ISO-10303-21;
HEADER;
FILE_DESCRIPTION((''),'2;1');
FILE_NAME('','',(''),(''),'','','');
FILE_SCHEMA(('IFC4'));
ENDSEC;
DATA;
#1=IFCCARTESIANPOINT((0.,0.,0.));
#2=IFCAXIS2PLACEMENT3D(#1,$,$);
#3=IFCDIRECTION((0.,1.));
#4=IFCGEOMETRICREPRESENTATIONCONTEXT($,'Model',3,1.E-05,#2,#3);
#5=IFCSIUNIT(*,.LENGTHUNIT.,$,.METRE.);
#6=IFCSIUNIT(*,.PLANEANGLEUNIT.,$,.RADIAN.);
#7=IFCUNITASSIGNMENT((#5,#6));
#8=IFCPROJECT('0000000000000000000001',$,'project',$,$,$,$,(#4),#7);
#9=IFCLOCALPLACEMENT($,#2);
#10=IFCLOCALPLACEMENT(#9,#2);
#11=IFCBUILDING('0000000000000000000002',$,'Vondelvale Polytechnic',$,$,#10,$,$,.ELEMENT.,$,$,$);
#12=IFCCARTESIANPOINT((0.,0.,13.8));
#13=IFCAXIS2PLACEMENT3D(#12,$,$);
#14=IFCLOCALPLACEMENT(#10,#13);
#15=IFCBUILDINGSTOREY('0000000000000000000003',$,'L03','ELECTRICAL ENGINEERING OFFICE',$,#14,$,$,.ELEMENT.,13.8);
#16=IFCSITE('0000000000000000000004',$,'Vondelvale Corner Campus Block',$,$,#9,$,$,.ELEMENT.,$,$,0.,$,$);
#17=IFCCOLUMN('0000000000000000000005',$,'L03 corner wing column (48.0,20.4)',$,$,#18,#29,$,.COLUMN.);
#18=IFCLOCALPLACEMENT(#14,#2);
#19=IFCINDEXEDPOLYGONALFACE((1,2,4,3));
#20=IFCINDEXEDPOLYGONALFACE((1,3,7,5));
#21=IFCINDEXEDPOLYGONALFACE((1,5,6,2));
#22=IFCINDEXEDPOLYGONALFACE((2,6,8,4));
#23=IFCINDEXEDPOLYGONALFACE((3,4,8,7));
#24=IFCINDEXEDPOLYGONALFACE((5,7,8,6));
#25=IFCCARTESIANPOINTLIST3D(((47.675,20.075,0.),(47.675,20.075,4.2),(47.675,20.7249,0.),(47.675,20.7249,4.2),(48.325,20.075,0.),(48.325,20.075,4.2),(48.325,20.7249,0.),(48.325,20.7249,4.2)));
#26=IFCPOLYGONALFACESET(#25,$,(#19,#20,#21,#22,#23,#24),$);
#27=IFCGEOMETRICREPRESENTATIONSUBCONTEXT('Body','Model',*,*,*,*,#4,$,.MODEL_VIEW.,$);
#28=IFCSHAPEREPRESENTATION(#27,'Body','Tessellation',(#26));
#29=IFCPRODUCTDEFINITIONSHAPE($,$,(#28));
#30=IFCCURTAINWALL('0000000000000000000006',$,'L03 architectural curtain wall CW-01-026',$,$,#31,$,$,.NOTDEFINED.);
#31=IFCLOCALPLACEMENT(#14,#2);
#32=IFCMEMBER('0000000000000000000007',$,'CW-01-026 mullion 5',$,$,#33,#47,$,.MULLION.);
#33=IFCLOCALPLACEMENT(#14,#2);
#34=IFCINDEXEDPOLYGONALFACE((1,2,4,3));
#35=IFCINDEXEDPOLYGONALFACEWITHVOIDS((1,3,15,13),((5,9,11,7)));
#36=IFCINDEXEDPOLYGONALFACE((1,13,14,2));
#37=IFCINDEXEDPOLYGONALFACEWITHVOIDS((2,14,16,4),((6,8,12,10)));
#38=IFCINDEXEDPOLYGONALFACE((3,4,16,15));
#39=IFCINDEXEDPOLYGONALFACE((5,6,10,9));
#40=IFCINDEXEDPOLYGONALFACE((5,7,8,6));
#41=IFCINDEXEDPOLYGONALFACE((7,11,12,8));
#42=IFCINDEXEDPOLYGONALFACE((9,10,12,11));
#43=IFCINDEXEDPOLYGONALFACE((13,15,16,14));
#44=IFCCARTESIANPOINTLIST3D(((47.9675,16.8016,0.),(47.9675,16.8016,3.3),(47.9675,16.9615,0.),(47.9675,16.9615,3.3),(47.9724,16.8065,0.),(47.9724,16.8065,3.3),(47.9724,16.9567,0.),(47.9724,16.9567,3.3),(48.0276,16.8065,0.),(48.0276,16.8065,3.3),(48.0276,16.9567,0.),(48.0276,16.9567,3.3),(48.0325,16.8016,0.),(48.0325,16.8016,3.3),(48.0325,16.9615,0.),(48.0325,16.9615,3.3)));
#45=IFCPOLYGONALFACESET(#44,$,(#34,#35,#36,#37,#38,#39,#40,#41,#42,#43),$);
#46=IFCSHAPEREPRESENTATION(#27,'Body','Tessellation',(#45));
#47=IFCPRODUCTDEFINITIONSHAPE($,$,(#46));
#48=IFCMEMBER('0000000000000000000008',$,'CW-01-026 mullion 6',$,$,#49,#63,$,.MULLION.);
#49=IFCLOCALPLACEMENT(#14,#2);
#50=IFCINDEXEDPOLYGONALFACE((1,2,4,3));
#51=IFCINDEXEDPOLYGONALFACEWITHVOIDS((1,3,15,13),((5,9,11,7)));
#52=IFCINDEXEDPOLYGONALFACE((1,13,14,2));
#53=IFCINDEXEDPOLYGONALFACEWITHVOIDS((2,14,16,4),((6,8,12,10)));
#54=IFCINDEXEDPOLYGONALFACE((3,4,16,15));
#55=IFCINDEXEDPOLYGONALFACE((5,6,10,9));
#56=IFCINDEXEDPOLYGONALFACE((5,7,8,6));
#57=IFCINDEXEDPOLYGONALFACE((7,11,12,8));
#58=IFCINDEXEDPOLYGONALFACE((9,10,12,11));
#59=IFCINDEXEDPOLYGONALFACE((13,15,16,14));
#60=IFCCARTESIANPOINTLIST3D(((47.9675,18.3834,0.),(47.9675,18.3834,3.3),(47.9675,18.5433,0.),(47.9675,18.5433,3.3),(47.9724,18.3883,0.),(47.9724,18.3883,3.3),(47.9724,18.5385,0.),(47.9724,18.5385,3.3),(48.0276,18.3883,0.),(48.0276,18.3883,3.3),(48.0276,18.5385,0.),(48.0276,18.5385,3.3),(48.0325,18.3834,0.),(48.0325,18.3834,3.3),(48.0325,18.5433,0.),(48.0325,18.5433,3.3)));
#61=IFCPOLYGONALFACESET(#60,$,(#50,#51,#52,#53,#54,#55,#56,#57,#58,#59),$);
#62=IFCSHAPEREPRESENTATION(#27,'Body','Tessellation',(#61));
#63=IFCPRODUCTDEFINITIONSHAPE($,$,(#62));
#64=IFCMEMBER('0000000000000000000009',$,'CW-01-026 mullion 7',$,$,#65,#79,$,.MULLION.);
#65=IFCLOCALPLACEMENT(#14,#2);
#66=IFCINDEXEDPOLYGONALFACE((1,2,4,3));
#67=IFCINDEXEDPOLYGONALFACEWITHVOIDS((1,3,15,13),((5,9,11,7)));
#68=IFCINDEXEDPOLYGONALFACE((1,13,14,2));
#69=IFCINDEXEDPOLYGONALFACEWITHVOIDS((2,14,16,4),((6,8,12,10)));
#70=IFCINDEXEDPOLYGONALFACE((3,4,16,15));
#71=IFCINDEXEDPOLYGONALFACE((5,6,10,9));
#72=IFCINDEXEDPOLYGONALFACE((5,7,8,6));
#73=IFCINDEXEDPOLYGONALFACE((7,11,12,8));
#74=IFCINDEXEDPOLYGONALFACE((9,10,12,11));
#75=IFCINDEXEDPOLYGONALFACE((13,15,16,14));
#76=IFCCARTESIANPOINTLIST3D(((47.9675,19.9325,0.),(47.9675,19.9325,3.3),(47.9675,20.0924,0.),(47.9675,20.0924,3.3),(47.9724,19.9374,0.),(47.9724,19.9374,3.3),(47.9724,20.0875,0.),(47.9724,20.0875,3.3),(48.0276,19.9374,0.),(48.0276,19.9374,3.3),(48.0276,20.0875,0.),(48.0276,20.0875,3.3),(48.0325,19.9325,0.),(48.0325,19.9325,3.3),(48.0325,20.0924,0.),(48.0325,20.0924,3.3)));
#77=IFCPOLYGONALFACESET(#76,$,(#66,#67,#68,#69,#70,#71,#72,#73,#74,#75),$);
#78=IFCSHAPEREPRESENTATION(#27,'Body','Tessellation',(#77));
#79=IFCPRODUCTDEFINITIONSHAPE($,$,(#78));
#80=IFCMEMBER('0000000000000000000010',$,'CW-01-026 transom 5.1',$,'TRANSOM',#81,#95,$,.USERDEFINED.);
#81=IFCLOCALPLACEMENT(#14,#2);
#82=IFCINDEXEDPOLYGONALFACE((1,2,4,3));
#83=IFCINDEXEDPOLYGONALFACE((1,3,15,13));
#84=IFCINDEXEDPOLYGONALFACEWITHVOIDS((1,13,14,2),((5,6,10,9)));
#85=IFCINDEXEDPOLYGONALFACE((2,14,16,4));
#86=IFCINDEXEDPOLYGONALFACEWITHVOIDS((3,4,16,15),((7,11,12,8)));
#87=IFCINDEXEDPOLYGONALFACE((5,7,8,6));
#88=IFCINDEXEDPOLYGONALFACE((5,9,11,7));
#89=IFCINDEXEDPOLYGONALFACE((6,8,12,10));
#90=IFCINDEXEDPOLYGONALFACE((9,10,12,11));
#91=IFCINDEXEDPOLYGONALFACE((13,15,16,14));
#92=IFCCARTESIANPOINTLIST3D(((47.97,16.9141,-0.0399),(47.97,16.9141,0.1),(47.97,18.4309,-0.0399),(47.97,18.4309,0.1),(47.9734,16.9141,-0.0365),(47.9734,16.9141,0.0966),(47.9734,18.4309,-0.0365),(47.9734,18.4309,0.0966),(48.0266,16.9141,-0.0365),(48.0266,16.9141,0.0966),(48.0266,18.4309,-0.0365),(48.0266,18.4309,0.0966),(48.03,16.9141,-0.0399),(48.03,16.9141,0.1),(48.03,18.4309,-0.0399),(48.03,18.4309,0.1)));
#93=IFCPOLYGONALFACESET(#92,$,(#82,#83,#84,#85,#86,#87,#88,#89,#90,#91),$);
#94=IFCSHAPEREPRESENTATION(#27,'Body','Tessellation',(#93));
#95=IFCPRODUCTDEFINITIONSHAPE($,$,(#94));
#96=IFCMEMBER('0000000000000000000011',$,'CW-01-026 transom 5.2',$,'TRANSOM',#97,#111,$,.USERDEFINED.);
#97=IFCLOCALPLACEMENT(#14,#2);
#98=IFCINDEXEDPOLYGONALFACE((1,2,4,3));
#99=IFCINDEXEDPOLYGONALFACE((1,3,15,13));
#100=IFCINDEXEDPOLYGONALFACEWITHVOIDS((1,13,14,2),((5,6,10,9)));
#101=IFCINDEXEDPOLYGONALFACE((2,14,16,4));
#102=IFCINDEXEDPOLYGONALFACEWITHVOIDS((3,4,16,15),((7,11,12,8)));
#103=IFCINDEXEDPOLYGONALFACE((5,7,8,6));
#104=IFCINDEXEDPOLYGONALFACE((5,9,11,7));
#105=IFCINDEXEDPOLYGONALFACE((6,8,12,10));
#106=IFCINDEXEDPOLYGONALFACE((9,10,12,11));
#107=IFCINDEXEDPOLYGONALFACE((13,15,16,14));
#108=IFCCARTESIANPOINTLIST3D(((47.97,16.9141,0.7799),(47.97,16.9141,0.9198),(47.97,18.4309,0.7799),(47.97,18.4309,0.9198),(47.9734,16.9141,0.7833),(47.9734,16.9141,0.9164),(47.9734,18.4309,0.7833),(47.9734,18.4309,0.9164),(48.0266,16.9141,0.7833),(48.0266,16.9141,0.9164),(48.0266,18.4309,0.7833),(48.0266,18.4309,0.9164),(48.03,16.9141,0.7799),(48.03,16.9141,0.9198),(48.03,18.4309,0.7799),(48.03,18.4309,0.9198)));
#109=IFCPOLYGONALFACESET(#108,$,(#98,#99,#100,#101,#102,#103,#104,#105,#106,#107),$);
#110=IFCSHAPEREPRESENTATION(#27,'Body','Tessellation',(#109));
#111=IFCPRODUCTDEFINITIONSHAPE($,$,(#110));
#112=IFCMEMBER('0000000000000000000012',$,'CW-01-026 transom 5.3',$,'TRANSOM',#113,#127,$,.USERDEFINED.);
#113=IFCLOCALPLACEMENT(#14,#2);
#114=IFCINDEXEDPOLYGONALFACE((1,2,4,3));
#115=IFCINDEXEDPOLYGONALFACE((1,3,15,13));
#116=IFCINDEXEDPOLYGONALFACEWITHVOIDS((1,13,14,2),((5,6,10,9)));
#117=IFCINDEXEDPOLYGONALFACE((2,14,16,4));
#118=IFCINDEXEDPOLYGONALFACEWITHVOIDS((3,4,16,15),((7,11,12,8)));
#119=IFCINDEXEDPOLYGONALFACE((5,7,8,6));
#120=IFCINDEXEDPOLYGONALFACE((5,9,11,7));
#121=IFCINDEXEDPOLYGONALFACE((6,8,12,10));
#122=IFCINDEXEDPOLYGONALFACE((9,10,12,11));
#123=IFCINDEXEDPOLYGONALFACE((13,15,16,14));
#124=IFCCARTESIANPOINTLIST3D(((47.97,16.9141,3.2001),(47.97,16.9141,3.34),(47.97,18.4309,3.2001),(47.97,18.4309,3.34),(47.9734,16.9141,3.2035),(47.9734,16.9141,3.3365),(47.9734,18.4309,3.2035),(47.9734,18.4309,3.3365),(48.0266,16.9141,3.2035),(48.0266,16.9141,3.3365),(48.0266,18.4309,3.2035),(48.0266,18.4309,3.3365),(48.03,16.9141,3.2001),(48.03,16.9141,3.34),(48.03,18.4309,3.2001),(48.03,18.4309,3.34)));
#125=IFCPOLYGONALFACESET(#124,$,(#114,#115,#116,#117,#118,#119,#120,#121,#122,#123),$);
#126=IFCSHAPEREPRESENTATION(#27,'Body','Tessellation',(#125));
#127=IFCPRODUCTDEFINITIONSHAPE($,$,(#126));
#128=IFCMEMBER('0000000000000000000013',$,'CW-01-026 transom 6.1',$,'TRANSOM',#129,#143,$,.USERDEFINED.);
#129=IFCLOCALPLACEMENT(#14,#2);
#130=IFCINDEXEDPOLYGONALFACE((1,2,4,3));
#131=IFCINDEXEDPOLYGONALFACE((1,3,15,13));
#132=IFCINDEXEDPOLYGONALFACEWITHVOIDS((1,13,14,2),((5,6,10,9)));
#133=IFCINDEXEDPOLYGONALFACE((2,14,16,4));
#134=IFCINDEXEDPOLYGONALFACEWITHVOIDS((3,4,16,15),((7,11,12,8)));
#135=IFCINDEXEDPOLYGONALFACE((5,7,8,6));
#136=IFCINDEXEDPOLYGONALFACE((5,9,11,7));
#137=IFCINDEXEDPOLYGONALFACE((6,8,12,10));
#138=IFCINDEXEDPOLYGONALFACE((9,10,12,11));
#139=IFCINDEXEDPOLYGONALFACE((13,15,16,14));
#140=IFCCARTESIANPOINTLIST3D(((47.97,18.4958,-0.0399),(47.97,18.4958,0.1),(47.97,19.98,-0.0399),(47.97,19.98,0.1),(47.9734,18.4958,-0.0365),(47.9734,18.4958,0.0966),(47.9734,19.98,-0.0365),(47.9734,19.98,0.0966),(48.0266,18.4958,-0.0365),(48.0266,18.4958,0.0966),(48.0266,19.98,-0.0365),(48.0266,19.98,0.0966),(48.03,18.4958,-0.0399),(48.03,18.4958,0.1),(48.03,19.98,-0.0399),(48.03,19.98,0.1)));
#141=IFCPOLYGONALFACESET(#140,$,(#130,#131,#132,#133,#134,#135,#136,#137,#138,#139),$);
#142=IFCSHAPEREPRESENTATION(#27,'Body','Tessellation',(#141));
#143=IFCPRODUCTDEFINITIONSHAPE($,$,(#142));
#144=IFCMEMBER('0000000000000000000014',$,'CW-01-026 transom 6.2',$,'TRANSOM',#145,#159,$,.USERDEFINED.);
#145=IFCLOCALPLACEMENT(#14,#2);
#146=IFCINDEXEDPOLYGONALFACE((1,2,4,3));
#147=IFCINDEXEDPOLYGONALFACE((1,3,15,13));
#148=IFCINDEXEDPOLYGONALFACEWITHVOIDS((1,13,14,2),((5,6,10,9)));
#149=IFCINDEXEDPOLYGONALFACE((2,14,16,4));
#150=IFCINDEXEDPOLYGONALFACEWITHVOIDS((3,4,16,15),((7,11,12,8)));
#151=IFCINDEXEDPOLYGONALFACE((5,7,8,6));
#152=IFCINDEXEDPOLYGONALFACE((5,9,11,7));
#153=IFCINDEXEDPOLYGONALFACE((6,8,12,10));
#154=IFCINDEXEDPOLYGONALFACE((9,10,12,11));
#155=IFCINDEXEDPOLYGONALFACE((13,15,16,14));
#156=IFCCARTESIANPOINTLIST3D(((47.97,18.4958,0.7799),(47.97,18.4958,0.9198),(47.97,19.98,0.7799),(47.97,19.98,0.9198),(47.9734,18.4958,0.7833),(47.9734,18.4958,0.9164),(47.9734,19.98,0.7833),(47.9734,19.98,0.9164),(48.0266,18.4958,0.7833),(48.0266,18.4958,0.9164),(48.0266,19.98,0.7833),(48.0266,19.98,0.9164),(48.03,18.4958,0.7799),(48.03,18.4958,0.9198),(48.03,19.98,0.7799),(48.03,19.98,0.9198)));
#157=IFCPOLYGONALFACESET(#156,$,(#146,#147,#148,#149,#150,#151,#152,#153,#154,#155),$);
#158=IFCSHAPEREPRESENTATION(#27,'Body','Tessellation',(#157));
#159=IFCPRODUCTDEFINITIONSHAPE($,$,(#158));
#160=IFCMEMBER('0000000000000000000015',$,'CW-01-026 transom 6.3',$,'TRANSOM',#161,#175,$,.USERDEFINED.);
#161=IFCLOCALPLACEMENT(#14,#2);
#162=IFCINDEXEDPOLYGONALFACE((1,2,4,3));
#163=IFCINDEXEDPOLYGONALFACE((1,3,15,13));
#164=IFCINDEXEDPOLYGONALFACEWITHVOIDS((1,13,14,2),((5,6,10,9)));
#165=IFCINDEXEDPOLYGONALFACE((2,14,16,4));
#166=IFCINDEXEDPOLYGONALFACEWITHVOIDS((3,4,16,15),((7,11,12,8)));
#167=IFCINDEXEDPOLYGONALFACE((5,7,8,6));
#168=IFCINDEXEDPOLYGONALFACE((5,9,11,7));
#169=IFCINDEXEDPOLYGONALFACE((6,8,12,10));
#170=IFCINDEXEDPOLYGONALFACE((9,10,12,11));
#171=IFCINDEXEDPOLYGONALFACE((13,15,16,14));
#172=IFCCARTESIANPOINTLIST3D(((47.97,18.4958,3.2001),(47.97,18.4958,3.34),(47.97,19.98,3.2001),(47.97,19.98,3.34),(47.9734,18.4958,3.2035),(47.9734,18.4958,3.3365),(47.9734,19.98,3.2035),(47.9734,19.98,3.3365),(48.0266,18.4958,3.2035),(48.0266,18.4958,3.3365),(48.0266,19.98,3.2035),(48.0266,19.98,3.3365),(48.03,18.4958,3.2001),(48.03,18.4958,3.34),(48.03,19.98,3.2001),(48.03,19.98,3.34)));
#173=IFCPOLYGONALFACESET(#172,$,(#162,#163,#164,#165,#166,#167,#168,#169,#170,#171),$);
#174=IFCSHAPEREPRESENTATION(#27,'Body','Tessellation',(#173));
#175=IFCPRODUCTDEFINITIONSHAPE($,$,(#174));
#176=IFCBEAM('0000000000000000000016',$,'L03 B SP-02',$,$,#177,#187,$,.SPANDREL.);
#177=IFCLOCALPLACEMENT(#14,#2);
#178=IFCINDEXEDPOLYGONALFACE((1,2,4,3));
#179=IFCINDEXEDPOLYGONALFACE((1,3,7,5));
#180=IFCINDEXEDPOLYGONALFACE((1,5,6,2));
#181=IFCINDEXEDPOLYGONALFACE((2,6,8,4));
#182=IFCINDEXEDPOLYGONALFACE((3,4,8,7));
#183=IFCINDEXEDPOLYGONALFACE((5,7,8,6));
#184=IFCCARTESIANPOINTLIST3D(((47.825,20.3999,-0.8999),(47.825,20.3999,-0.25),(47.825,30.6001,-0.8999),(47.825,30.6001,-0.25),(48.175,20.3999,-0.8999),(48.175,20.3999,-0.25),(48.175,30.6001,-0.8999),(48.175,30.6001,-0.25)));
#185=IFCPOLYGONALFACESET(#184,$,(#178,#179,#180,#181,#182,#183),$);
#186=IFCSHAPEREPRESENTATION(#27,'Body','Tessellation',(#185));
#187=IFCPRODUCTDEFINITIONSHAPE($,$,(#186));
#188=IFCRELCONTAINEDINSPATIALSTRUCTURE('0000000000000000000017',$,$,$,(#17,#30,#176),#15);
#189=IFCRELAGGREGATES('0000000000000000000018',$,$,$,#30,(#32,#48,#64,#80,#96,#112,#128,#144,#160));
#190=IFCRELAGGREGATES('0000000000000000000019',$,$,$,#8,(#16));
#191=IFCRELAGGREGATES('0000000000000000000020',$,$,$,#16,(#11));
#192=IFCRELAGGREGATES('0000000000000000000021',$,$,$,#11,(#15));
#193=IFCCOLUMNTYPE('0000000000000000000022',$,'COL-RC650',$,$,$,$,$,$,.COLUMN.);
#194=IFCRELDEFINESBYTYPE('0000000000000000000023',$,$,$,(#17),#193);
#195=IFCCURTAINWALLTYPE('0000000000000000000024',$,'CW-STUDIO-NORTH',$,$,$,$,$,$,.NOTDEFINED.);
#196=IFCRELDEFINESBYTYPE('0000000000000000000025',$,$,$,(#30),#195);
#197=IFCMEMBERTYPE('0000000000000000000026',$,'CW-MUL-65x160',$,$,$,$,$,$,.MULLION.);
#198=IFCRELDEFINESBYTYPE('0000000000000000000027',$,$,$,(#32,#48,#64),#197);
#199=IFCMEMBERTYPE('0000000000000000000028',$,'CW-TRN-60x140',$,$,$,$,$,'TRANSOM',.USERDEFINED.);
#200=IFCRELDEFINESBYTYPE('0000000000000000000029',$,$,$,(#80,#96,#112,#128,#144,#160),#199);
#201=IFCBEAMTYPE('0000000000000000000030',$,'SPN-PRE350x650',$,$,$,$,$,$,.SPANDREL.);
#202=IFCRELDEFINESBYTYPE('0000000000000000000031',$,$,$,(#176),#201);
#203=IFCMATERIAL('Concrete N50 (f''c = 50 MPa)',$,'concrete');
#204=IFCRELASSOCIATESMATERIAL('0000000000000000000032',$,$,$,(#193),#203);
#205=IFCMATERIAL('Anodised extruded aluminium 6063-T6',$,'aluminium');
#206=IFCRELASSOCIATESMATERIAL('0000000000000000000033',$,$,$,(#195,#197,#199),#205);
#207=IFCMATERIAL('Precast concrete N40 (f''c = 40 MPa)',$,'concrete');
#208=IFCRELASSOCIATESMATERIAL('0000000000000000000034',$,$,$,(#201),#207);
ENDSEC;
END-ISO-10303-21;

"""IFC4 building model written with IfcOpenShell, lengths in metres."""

from ifc_helpers import new_model, si_unit, direction, frame, origin, origin_2d, place, context, subcontext, project, spatial, rectangle, hollow_rectangle, extrude, material, material_profile, profile_set, type_object, element, aggregate, save


model = new_model("IFC4")

# Units and contexts
model_context = context("Model", 3, precision=1e-05, world=origin(), true_north=direction((0.0, 1.0)))
body_context = subcontext(model_context, "Body", "Model", "MODEL_VIEW")
ifc_project = project(units=[si_unit("LENGTHUNIT", "METRE"), si_unit("PLANEANGLEUNIT", "RADIAN")], contexts=[model_context])

# Site, building, storey
site_placement = place(None, origin())
site = spatial("IfcSite", under=ifc_project, at=site_placement, Name="Vondelvale Corner Campus Block", CompositionType="ELEMENT", RefElevation=0.0)
building_placement = place(site_placement, origin())
building = spatial("IfcBuilding", under=site, at=building_placement, Name="Vondelvale Polytechnic", CompositionType="ELEMENT")
storey_placement = place(building_placement, frame((0.0, 0.0, 13.8)))
storey = spatial("IfcBuildingStorey", under=building, at=storey_placement, Name="L03", Description="ELECTRICAL ENGINEERING OFFICE", CompositionType="ELEMENT", Elevation=13.8)

# Column
ifc_material_1 = material(Name="Concrete N50 (f'c = 50 MPa)", Category="concrete")
ifc_material_profile_1 = material_profile(ifc_material_1, rectangle(XDim=0.6499, YDim=0.6499, at=origin_2d()), Name="RC-COL-650x650")
ifc_profile_set_1 = profile_set([ifc_material_profile_1], Name="Concrete N50 (f'c = 50 MPa)")
column_type = type_object("IfcColumnType", Name="COL-RC650", PredefinedType="COLUMN", material=ifc_profile_set_1)
column_placement = place(storey_placement, frame((48.0, 20.3999, 0.0), z_axis=(0.0, 0.0, 1.0), x_axis=(1.0, 0.0, 0.0)))
element("IfcColumn", 1, at=column_placement, inside=storey, type_object=column_type, Name="L03 corner wing column (48.0,20.4)", PredefinedType="COLUMN", context=body_context, shape_type="SweptSolid", body=[
    extrude(rectangle(XDim=0.6499, YDim=0.6499, at=origin_2d()), origin(), (0.0, 0.0, 1.0), 4.2),
])

# Curtain wall, members
ifc_material_2 = material(Name="Anodised extruded aluminium 6063-T6", Category="aluminium")
curtain_wall_type = type_object("IfcCurtainWallType", Name="CW-STUDIO-NORTH", PredefinedType="NOTDEFINED", material=ifc_material_2)
curtain_wall_placement = place(storey_placement, origin())
curtain_wall = element("IfcCurtainWall", 2, at=curtain_wall_placement, inside=storey, type_object=curtain_wall_type, Name="L03 architectural curtain wall CW-01-026", PredefinedType="NOTDEFINED")
ifc_material_profile_2 = material_profile(ifc_material_2, hollow_rectangle(XDim=0.0649, YDim=0.1599, WallThickness=0.0049, at=origin_2d()), Name="CW-MUL-160x65")
ifc_profile_set_2 = profile_set([ifc_material_profile_2], Name="Anodised extruded aluminium 6063-T6")
member_type_1 = type_object("IfcMemberType", Name="CW-MUL-65x160", PredefinedType="MULLION", material=ifc_profile_set_2)
member_1_placement = place(storey_placement, frame((48.0, 16.8816, 0.0), z_axis=(0.0, 0.0, 1.0), x_axis=(-1.0, 0.0, 0.0)))
member_1 = element("IfcMember", 3, at=member_1_placement, type_object=member_type_1, Name="CW-01-026 mullion 5", PredefinedType="MULLION", context=body_context, shape_type="SweptSolid", body=[
    extrude(hollow_rectangle(XDim=0.0649, YDim=0.1599, WallThickness=0.0049, at=origin_2d()), origin(), (0.0, 0.0, 1.0), 3.3),
])
member_2_placement = place(storey_placement, frame((48.0, 18.4634, 0.0), z_axis=(0.0, 0.0, 1.0), x_axis=(-1.0, 0.0, 0.0)))
member_2 = element("IfcMember", 4, at=member_2_placement, type_object=member_type_1, Name="CW-01-026 mullion 6", PredefinedType="MULLION", context=body_context, shape_type="SweptSolid", body=[
    extrude(hollow_rectangle(XDim=0.0649, YDim=0.1599, WallThickness=0.0049, at=origin_2d()), origin(), (0.0, 0.0, 1.0), 3.3),
])
member_3_placement = place(storey_placement, frame((48.0, 20.0125, 0.0), z_axis=(0.0, 0.0, 1.0), x_axis=(-1.0, 0.0, 0.0)))
member_3 = element("IfcMember", 5, at=member_3_placement, type_object=member_type_1, Name="CW-01-026 mullion 7", PredefinedType="MULLION", context=body_context, shape_type="SweptSolid", body=[
    extrude(hollow_rectangle(XDim=0.0649, YDim=0.1599, WallThickness=0.0049, at=origin_2d()), origin(), (0.0, 0.0, 1.0), 3.3),
])
ifc_material_profile_3 = material_profile(ifc_material_2, hollow_rectangle(XDim=0.0601, YDim=0.1399, WallThickness=0.0034, at=origin_2d()), Name="CW-TRN-140x60")
ifc_profile_set_3 = profile_set([ifc_material_profile_3], Name="Anodised extruded aluminium 6063-T6")
member_type_2 = type_object("IfcMemberType", Name="CW-TRN-60x140", ElementType="TRANSOM", PredefinedType="USERDEFINED", material=ifc_profile_set_3)
member_4_placement = place(storey_placement, frame((48.0, 16.9141, 0.03), z_axis=(0.0, 1.0, 0.0), x_axis=(-1.0, 0.0, 0.0)))
member_4 = element("IfcMember", 6, at=member_4_placement, type_object=member_type_2, Name="CW-01-026 transom 5.1", ObjectType="TRANSOM", PredefinedType="USERDEFINED", context=body_context, shape_type="SweptSolid", body=[
    extrude(hollow_rectangle(XDim=0.0601, YDim=0.1399, WallThickness=0.0034, at=origin_2d()), origin(), (0.0, 0.0, 1.0), 1.5168),
])
member_5_placement = place(storey_placement, frame((48.0, 16.9141, 0.8499), z_axis=(0.0, 1.0, 0.0), x_axis=(-1.0, 0.0, 0.0)))
member_5 = element("IfcMember", 7, at=member_5_placement, type_object=member_type_2, Name="CW-01-026 transom 5.2", ObjectType="TRANSOM", PredefinedType="USERDEFINED", context=body_context, shape_type="SweptSolid", body=[
    extrude(hollow_rectangle(XDim=0.0601, YDim=0.1399, WallThickness=0.0034, at=origin_2d()), origin(), (0.0, 0.0, 1.0), 1.5168),
])
member_6_placement = place(storey_placement, frame((48.0, 16.9141, 3.27), z_axis=(0.0, 1.0, 0.0), x_axis=(-1.0, 0.0, 0.0)))
member_6 = element("IfcMember", 8, at=member_6_placement, type_object=member_type_2, Name="CW-01-026 transom 5.3", ObjectType="TRANSOM", PredefinedType="USERDEFINED", context=body_context, shape_type="SweptSolid", body=[
    extrude(hollow_rectangle(XDim=0.0601, YDim=0.1399, WallThickness=0.0034, at=origin_2d()), origin(), (0.0, 0.0, 1.0), 1.5168),
])
member_7_placement = place(storey_placement, frame((48.0, 18.4958, 0.03), z_axis=(0.0, 1.0, 0.0), x_axis=(-1.0, 0.0, 0.0)))
member_7 = element("IfcMember", 9, at=member_7_placement, type_object=member_type_2, Name="CW-01-026 transom 6.1", ObjectType="TRANSOM", PredefinedType="USERDEFINED", context=body_context, shape_type="SweptSolid", body=[
    extrude(hollow_rectangle(XDim=0.0601, YDim=0.1399, WallThickness=0.0034, at=origin_2d()), origin(), (0.0, 0.0, 1.0), 1.4841),
])
member_8_placement = place(storey_placement, frame((48.0, 18.4958, 0.8499), z_axis=(0.0, 1.0, 0.0), x_axis=(-1.0, 0.0, 0.0)))
member_8 = element("IfcMember", 10, at=member_8_placement, type_object=member_type_2, Name="CW-01-026 transom 6.2", ObjectType="TRANSOM", PredefinedType="USERDEFINED", context=body_context, shape_type="SweptSolid", body=[
    extrude(hollow_rectangle(XDim=0.0601, YDim=0.1399, WallThickness=0.0034, at=origin_2d()), origin(), (0.0, 0.0, 1.0), 1.4841),
])
member_9_placement = place(storey_placement, frame((48.0, 18.4958, 3.27), z_axis=(0.0, 1.0, 0.0), x_axis=(-1.0, 0.0, 0.0)))
member_9 = element("IfcMember", 11, at=member_9_placement, type_object=member_type_2, Name="CW-01-026 transom 6.3", ObjectType="TRANSOM", PredefinedType="USERDEFINED", context=body_context, shape_type="SweptSolid", body=[
    extrude(hollow_rectangle(XDim=0.0601, YDim=0.1399, WallThickness=0.0034, at=origin_2d()), origin(), (0.0, 0.0, 1.0), 1.4841),
])

# Beam
ifc_material_3 = material(Name="Precast concrete N40 (f'c = 40 MPa)", Category="concrete")
ifc_material_profile_4 = material_profile(ifc_material_3, rectangle(XDim=0.3501, YDim=0.6499, at=origin_2d()), Name="RC-SPN-350x650")
ifc_profile_set_4 = profile_set([ifc_material_profile_4], Name="Precast concrete N40 (f'c = 40 MPa)")
beam_type = type_object("IfcBeamType", Name="SPN-PRE350x650", PredefinedType="SPANDREL", material=ifc_profile_set_4)
beam_placement = place(storey_placement, frame((48.0, 20.3999, -0.575), z_axis=(0.0, 1.0, 0.0), x_axis=(-1.0, 0.0, 0.0)))
element("IfcBeam", 12, at=beam_placement, inside=storey, type_object=beam_type, Name="L03 B SP-02", PredefinedType="SPANDREL", context=body_context, shape_type="SweptSolid", body=[
    extrude(rectangle(XDim=0.3501, YDim=0.6499, at=origin_2d()), origin(), (0.0, 0.0, 1.0), 10.2002),
])

aggregate(curtain_wall, [member_1, member_2, member_3, member_4, member_5, member_6, member_7, member_8, member_9])

save(model, "model.ifc")
